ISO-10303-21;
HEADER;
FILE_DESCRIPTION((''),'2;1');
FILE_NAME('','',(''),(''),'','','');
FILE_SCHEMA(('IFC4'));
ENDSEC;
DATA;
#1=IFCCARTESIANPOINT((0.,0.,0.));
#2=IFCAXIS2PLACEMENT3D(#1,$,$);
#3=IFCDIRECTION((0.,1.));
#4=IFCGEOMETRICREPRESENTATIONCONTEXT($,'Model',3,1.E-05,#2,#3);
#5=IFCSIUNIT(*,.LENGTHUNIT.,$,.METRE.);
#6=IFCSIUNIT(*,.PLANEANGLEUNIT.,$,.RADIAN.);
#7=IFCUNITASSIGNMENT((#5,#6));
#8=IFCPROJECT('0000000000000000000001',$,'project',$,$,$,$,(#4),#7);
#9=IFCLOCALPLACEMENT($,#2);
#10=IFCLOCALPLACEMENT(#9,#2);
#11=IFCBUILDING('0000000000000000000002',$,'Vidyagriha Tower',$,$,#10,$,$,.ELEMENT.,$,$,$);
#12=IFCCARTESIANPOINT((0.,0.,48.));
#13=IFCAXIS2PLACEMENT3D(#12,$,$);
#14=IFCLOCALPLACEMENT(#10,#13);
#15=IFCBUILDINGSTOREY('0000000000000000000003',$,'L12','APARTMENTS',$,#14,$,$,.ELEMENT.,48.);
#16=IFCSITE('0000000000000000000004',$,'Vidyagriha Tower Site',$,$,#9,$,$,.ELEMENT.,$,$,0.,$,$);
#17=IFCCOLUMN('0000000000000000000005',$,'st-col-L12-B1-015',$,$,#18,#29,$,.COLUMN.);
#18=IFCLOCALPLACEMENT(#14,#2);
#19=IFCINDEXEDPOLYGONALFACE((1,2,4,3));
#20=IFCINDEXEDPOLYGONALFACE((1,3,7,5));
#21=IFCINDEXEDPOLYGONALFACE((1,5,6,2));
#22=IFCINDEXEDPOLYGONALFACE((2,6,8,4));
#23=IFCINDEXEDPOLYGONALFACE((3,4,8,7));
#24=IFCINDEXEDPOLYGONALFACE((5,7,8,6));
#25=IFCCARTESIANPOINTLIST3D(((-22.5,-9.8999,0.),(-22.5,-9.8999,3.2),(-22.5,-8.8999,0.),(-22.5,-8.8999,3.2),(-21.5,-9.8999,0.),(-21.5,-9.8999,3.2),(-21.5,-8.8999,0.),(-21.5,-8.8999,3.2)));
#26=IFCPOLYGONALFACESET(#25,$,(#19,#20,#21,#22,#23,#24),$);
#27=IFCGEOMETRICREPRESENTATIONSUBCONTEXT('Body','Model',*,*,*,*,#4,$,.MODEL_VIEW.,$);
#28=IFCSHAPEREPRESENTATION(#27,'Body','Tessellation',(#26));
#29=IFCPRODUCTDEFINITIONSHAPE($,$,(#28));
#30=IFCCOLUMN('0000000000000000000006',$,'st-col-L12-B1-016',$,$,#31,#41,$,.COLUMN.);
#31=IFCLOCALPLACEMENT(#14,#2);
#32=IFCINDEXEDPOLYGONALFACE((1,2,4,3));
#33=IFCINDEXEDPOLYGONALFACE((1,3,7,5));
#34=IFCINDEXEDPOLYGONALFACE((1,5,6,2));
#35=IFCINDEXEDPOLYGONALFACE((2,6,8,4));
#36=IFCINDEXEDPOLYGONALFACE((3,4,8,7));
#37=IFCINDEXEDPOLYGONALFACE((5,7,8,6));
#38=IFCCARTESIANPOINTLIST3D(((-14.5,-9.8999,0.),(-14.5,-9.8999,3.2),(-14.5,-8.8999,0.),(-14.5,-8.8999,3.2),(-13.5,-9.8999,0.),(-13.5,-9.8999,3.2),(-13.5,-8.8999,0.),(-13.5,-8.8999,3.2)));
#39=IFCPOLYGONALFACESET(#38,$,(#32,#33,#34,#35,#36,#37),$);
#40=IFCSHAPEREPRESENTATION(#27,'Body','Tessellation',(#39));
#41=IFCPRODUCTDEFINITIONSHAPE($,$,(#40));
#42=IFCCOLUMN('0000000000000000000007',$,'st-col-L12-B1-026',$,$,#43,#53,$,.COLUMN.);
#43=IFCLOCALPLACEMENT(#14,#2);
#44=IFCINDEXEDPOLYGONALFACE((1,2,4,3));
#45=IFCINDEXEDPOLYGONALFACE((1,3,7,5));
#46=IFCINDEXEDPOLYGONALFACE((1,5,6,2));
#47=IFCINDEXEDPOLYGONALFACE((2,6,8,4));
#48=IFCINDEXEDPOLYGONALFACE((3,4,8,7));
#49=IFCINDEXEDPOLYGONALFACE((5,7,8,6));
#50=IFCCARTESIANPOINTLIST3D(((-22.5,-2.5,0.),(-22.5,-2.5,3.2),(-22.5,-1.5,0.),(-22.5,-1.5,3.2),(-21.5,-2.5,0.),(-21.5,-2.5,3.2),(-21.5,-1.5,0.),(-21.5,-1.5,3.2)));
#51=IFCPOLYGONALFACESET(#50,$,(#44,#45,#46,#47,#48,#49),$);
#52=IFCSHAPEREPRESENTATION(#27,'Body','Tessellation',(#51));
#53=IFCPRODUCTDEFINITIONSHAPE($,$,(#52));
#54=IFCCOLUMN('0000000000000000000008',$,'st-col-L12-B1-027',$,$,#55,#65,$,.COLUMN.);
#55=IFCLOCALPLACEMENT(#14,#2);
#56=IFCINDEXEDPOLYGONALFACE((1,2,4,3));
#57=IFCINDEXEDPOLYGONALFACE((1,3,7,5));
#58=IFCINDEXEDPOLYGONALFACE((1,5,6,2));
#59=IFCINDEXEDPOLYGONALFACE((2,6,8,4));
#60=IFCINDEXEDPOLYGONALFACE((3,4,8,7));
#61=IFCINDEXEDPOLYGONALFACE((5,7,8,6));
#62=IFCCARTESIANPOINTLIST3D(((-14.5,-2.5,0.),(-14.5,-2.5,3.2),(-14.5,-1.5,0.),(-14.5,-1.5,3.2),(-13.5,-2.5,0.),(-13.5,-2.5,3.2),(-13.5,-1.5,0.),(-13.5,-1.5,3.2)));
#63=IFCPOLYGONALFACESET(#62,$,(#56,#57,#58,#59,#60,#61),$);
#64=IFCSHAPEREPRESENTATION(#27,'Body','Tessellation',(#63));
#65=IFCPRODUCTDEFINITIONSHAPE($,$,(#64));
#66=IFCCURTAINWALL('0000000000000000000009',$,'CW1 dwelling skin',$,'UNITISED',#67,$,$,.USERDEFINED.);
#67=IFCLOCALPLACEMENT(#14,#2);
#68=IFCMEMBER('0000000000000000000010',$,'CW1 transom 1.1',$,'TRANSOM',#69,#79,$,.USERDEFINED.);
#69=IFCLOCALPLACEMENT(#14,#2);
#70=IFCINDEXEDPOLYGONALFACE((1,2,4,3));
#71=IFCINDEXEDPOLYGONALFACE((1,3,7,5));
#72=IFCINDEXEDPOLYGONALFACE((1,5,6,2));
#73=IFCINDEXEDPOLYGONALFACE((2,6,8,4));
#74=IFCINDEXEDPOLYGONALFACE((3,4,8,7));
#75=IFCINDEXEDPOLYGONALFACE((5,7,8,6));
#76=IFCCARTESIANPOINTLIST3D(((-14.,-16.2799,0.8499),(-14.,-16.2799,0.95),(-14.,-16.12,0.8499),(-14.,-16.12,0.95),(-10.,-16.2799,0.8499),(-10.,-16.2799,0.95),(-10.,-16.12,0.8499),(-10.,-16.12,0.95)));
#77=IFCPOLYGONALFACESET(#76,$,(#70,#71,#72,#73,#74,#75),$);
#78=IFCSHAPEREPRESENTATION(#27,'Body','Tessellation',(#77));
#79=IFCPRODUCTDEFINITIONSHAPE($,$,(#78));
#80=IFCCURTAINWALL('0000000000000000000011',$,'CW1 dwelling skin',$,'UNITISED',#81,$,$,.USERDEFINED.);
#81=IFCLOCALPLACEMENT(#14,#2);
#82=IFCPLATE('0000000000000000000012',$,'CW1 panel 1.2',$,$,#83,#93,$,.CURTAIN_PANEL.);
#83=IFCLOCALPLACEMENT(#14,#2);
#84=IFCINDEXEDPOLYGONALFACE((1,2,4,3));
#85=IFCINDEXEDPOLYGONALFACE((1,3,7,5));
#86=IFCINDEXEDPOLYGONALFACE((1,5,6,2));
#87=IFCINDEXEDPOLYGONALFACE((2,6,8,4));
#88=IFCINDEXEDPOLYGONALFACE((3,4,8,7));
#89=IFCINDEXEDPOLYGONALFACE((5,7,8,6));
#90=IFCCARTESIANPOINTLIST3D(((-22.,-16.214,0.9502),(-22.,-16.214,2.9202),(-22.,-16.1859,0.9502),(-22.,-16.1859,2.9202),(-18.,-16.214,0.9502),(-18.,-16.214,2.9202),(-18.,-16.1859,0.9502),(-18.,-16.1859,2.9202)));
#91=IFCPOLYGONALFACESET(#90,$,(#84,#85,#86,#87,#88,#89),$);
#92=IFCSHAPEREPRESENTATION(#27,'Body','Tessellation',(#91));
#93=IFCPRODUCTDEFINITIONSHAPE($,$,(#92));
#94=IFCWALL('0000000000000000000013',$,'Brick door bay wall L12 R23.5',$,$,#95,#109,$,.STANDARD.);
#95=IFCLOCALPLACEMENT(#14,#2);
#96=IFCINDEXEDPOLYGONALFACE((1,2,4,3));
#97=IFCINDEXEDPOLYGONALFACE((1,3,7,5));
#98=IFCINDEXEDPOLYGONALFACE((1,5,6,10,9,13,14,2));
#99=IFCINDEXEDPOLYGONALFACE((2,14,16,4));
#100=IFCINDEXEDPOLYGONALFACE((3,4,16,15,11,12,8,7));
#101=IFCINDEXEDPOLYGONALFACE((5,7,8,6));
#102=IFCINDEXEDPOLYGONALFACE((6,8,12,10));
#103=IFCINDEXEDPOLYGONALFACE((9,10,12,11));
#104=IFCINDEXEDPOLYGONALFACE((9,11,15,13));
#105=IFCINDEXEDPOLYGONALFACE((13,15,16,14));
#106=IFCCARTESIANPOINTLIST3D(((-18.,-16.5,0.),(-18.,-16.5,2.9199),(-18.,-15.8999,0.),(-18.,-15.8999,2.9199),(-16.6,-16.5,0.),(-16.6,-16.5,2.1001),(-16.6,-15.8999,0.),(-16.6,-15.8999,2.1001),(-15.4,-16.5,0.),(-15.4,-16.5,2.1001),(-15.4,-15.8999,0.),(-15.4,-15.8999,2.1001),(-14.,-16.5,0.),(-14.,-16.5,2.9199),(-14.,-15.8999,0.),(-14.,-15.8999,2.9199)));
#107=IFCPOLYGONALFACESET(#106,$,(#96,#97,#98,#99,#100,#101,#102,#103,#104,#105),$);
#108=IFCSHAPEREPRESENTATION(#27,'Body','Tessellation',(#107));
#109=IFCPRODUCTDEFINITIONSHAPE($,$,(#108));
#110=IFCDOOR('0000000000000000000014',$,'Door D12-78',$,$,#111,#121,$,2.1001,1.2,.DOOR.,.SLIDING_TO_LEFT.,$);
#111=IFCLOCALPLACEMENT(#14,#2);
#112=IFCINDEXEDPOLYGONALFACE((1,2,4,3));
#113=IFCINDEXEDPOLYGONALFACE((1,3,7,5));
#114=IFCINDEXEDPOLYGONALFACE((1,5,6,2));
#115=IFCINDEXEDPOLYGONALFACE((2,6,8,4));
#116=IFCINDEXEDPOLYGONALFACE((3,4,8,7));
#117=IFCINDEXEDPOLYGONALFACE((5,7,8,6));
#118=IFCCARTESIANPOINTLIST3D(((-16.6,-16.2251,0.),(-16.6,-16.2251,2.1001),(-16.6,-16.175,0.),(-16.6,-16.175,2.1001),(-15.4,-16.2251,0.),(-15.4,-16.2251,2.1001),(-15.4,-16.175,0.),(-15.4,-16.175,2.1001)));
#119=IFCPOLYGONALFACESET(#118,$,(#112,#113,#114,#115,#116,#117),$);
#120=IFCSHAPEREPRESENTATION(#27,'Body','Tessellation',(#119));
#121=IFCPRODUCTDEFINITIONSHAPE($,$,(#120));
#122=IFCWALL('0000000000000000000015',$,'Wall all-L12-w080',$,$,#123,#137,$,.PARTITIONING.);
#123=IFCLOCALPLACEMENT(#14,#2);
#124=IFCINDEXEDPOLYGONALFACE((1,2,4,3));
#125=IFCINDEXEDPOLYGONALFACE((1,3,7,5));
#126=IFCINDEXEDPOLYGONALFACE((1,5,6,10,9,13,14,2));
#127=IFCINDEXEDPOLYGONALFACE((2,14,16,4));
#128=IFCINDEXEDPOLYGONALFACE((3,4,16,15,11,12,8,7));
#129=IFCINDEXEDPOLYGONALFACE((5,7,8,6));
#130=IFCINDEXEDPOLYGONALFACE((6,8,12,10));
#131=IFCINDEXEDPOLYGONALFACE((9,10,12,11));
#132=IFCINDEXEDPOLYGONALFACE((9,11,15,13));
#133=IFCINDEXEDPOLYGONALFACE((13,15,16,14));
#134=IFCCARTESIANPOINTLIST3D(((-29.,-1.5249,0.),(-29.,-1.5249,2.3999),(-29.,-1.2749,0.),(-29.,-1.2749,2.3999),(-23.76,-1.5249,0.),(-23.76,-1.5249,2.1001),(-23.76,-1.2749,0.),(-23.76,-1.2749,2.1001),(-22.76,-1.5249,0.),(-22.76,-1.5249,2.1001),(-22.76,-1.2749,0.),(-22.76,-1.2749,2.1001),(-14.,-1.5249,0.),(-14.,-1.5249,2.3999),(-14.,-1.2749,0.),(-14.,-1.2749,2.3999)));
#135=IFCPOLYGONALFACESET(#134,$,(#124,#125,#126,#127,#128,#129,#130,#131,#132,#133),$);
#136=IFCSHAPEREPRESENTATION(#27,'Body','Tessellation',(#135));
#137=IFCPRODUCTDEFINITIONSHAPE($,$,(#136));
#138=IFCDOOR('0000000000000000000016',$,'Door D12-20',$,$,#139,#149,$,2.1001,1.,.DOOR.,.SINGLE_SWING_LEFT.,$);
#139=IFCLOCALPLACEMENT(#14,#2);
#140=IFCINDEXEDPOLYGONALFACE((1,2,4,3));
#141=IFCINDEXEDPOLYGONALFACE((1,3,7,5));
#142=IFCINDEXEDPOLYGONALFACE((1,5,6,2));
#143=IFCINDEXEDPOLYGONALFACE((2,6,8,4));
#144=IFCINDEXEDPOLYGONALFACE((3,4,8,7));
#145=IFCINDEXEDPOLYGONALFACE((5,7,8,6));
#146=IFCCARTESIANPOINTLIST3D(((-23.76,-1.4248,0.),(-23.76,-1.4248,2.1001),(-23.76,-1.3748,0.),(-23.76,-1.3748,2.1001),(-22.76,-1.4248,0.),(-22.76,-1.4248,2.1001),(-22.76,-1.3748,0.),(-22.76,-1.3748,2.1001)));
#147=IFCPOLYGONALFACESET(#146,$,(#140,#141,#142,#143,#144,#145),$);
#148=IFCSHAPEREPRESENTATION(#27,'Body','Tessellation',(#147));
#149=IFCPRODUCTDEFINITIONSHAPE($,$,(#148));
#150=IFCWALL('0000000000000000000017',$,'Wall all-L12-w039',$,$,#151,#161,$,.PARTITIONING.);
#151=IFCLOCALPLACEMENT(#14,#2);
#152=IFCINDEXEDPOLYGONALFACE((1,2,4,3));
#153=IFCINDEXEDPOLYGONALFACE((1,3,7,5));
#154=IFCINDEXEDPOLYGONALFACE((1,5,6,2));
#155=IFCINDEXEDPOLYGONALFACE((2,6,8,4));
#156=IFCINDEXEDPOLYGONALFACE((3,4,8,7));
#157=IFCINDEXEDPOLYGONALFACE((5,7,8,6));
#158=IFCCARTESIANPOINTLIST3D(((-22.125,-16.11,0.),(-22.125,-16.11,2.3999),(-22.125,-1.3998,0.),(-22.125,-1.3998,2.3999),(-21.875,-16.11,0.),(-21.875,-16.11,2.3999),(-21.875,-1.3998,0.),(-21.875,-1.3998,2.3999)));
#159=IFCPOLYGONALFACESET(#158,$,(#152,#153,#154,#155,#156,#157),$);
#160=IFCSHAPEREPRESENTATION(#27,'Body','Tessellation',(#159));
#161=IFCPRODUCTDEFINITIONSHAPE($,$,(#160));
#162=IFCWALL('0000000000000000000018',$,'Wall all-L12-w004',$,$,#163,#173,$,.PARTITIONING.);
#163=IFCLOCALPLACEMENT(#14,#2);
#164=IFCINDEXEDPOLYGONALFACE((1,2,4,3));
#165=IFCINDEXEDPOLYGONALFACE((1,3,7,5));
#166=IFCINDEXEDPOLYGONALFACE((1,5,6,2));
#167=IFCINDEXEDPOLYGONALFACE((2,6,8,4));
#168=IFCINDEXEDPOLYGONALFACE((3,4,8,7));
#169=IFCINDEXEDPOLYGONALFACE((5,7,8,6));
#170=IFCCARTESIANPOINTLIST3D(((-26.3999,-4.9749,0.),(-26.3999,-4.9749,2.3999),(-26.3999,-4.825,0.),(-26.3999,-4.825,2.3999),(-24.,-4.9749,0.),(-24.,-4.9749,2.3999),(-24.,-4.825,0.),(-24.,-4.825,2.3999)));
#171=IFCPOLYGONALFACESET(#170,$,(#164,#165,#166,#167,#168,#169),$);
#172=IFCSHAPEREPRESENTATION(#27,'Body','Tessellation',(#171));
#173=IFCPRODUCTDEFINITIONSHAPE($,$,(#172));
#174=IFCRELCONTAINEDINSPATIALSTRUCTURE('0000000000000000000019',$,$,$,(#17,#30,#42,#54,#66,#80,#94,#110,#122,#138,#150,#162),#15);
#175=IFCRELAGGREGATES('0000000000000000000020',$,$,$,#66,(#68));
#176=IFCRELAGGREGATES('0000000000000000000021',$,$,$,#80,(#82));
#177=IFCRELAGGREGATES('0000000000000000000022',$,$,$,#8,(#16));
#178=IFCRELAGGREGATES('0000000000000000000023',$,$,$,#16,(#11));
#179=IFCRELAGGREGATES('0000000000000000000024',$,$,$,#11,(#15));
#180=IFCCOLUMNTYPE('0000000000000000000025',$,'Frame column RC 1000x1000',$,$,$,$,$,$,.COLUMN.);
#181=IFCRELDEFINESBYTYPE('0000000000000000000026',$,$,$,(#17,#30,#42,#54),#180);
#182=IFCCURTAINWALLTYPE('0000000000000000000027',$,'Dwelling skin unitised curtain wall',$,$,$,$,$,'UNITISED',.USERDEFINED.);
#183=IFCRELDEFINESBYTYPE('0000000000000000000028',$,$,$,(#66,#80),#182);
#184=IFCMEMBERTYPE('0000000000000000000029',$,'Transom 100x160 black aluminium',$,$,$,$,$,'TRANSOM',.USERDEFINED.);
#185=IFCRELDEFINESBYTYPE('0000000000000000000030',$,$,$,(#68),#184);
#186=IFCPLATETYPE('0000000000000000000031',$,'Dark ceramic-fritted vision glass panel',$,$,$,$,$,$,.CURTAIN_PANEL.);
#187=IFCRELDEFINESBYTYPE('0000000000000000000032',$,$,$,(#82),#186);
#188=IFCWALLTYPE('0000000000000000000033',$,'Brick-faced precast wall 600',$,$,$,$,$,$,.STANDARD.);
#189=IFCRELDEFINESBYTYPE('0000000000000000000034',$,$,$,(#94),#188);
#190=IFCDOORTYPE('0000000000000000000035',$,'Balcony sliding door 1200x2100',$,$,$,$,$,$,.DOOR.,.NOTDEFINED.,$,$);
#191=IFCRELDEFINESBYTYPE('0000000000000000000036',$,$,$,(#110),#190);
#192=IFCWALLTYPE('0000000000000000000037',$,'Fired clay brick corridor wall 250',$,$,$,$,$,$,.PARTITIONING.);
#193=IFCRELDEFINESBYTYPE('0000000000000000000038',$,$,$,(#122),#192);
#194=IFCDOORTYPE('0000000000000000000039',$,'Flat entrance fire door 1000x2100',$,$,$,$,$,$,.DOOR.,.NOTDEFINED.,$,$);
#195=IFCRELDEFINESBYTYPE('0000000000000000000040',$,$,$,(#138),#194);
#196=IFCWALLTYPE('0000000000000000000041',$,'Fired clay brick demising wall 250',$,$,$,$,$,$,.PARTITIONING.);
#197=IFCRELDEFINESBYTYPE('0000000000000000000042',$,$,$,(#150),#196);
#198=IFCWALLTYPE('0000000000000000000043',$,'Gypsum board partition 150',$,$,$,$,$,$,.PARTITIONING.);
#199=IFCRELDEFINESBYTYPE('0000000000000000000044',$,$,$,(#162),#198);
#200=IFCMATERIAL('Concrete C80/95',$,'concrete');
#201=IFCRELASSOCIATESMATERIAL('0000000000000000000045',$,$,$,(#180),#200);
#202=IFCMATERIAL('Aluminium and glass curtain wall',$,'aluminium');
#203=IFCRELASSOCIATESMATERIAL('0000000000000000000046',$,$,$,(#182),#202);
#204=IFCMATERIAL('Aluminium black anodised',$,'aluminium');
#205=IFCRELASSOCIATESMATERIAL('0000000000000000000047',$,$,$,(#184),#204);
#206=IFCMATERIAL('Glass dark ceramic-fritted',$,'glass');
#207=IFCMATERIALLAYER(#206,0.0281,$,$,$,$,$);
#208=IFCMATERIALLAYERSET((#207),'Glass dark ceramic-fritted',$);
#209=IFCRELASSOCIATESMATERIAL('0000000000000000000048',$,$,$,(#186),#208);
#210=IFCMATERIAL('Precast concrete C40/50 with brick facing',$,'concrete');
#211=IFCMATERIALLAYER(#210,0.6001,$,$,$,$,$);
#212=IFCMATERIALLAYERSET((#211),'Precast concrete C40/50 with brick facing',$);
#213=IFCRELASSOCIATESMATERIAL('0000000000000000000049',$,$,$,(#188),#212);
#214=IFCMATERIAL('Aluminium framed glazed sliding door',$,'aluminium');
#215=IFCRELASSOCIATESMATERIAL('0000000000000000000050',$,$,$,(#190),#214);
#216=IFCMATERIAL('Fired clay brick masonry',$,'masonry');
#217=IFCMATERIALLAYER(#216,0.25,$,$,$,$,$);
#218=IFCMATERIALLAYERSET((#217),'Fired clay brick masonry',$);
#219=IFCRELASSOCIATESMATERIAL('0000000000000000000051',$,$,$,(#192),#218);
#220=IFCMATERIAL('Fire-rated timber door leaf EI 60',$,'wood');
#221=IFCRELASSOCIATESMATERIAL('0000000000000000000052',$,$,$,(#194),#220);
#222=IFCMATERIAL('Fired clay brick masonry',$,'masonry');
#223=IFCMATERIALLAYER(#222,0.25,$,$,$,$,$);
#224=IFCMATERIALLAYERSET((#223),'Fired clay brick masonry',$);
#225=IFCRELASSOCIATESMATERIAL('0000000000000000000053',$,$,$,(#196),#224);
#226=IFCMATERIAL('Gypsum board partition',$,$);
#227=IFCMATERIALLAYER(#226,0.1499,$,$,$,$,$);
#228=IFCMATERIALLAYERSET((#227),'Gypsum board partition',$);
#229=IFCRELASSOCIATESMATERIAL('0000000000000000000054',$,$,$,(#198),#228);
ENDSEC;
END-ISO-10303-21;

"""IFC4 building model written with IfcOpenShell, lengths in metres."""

from ifc_helpers import new_model, si_unit, direction, frame, frame_2d, origin, origin_2d, place, context, subcontext, project, spatial, rectangle, extrude, material, layer, layer_set, material_profile, profile_set, type_object, element, fill, aggregate, save


model = new_model("IFC4")

# Units and contexts
model_context = context("Model", 3, precision=1e-05, world=origin(), true_north=direction((0.0, 1.0)))
body_context = subcontext(model_context, "Body", "Model", "MODEL_VIEW")
ifc_project = project(units=[si_unit("LENGTHUNIT", "METRE"), si_unit("PLANEANGLEUNIT", "RADIAN")], contexts=[model_context])

# Site, building, storey
site_placement = place(None, origin())
site = spatial("IfcSite", under=ifc_project, at=site_placement, Name="Vidyagriha Tower Site", CompositionType="ELEMENT", RefElevation=0.0)
building_placement = place(site_placement, origin())
building = spatial("IfcBuilding", under=site, at=building_placement, Name="Vidyagriha Tower", CompositionType="ELEMENT")
storey_placement = place(building_placement, frame((0.0, 0.0, 48.0)))
storey = spatial("IfcBuildingStorey", under=building, at=storey_placement, Name="L12", Description="APARTMENTS", CompositionType="ELEMENT", Elevation=48.0)

# Columns
ifc_material_1 = material(Name="Concrete C80/95", Category="concrete")
ifc_material_profile_1 = material_profile(ifc_material_1, rectangle(XDim=1.0, YDim=1.0, at=origin_2d()), Name="RC 1000x1000")
ifc_profile_set_1 = profile_set([ifc_material_profile_1], Name="Concrete C80/95")
column_type = type_object("IfcColumnType", Name="Frame column RC 1000x1000", PredefinedType="COLUMN", material=ifc_profile_set_1)
for number, where, name in (
    (1, (-22.0, -9.3999, 0.0), "st-col-L12-B1-015"),
    (2, (-14.0, -9.3999, 0.0), "st-col-L12-B1-016"),
    (3, (-22.0, -2.0, 0.0), "st-col-L12-B1-026"),
    (4, (-14.0, -2.0, 0.0), "st-col-L12-B1-027"),
):
    element("IfcColumn", number, at=place(storey_placement, frame(where)), inside=storey, type_object=column_type, Name=name, PredefinedType="COLUMN", context=body_context, shape_type="SweptSolid", body=[
        extrude(rectangle(XDim=1.0, YDim=1.0, at=origin_2d()), origin(), (0.0, 0.0, 1.0), 3.2),
    ])

# Curtain wall, member
ifc_material_2 = material(Name="Aluminium and glass curtain wall", Category="aluminium")
curtain_wall_type = type_object("IfcCurtainWallType", Name="Dwelling skin unitised curtain wall", ElementType="UNITISED", PredefinedType="USERDEFINED", material=ifc_material_2)
curtain_wall_1_placement = place(storey_placement, origin())
curtain_wall_1 = element("IfcCurtainWall", 5, at=curtain_wall_1_placement, inside=storey, type_object=curtain_wall_type, Name="CW1 dwelling skin", ObjectType="UNITISED", PredefinedType="USERDEFINED")
ifc_material_3 = material(Name="Aluminium black anodised", Category="aluminium")
ifc_material_profile_2 = material_profile(ifc_material_3, rectangle(XDim=0.1599, YDim=0.1001, at=origin_2d()), Name="Transom 100x160 black aluminium")
ifc_profile_set_2 = profile_set([ifc_material_profile_2], Name="Aluminium black anodised")
member_type = type_object("IfcMemberType", Name="Transom 100x160 black aluminium", ElementType="TRANSOM", PredefinedType="USERDEFINED", material=ifc_profile_set_2)
member_placement = place(storey_placement, frame((-14.0, -16.2, 0.8999), z_axis=(1.0, 0.0, 0.0), x_axis=(0.0, 1.0, 0.0)))
member = element("IfcMember", 6, at=member_placement, type_object=member_type, Name="CW1 transom 1.1", ObjectType="TRANSOM", PredefinedType="USERDEFINED", context=body_context, shape_type="SweptSolid", body=[
    extrude(rectangle(XDim=0.1599, YDim=0.1001, at=origin_2d()), origin(), (0.0, 0.0, 1.0), 4.0),
])
aggregate(curtain_wall_1, [member])

# Curtain wall, plate
curtain_wall_2_placement = place(storey_placement, origin())
curtain_wall_2 = element("IfcCurtainWall", 7, at=curtain_wall_2_placement, inside=storey, type_object=curtain_wall_type, Name="CW1 dwelling skin", ObjectType="UNITISED", PredefinedType="USERDEFINED")
ifc_material_4 = material(Name="Glass dark ceramic-fritted", Category="glass")
ifc_layer_1 = layer(ifc_material_4, 0.0281)
ifc_layer_set_1 = layer_set([ifc_layer_1], Name="Glass dark ceramic-fritted")
plate_type = type_object("IfcPlateType", Name="Dark ceramic-fritted vision glass panel", PredefinedType="CURTAIN_PANEL", material=ifc_layer_set_1)
plate_placement = place(storey_placement, frame((-20.0, -16.2, 0.9502)))
plate = element("IfcPlate", 8, at=plate_placement, type_object=plate_type, Name="CW1 panel 1.2", PredefinedType="CURTAIN_PANEL", context=body_context, shape_type="SweptSolid", body=[
    extrude(rectangle(XDim=4.0, YDim=0.0281, at=origin_2d()), origin(), (0.0, 0.0, 1.0), 1.97),
])
aggregate(curtain_wall_2, [plate])

# Walls, openings, doors
ifc_material_5 = material(Name="Precast concrete C40/50 with brick facing", Category="concrete")
ifc_layer_2 = layer(ifc_material_5, 0.6001)
ifc_layer_set_2 = layer_set([ifc_layer_2], Name="Precast concrete C40/50 with brick facing")
wall_type_1 = type_object("IfcWallType", Name="Brick-faced precast wall 600", PredefinedType="STANDARD", material=ifc_layer_set_2)
wall_1_placement = place(storey_placement, frame((-18.0, -16.2, 0.0)))
wall_1 = element("IfcWall", 9, at=wall_1_placement, inside=storey, type_object=wall_type_1, Name="Brick door bay wall L12 R23.5", PredefinedType="STANDARD", context=body_context, shape_type="SweptSolid", body=[
    extrude(rectangle(XDim=4.0, YDim=0.6001, at=frame_2d((2.0, 0.0))), origin(), (0.0, 0.0, 1.0), 2.9199),
])
opening_1_placement = place(wall_1_placement, frame((1.3999, 0.0, 0.0)))
opening_1 = element("IfcOpeningElement", 10, at=opening_1_placement, cuts=wall_1, PredefinedType="OPENING", context=body_context, shape_type="SweptSolid", body=[
    extrude(rectangle(XDim=1.2, YDim=2.1001, at=frame_2d((0.6001, 1.05))), frame((0.0, 0.3101, 0.0), z_axis=(0.0, -1.0, 0.0), x_axis=(1.0, 0.0, 0.0)), (0.0, 0.0, 1.0), 0.6201),
])
ifc_material_6 = material(Name="Aluminium framed glazed sliding door", Category="aluminium")
door_type_1 = type_object("IfcDoorType", Name="Balcony sliding door 1200x2100", OperationType="NOTDEFINED", PredefinedType="DOOR", material=ifc_material_6)
door_1_placement = place(opening_1_placement, origin())
door_1 = element("IfcDoor", 11, at=door_1_placement, inside=storey, type_object=door_type_1, Name="Door D12-78", OperationType="SLIDING_TO_LEFT", OverallHeight=2.1001, OverallWidth=1.2, PredefinedType="DOOR", context=body_context, shape_type="SweptSolid", body=[
    extrude(rectangle(XDim=1.2, YDim=2.1001, at=frame_2d((0.6001, 1.05))), frame((0.0, 0.0249, 0.0), z_axis=(0.0, -1.0, 0.0), x_axis=(1.0, 0.0, 0.0)), (0.0, 0.0, 1.0), 0.05),
])
fill(opening_1, door_1)
ifc_material_7 = material(Name="Fired clay brick masonry", Category="masonry")
ifc_layer_3 = layer(ifc_material_7, 0.25)
ifc_layer_set_3 = layer_set([ifc_layer_3], Name="Fired clay brick masonry")
wall_type_2 = type_object("IfcWallType", Name="Fired clay brick corridor wall 250", PredefinedType="PARTITIONING", material=ifc_layer_set_3)
wall_2_placement = place(storey_placement, frame((-14.0, -1.3999, 0.0), z_axis=(0.0, 0.0, 1.0), x_axis=(-1.0, 0.0, 0.0)))
wall_2 = element("IfcWall", 12, at=wall_2_placement, inside=storey, type_object=wall_type_2, Name="Wall all-L12-w080", PredefinedType="PARTITIONING", context=body_context, shape_type="SweptSolid", body=[
    extrude(rectangle(XDim=15.0, YDim=0.25, at=frame_2d((7.5, 0.0))), origin(), (0.0, 0.0, 1.0), 2.3999),
])
opening_2_placement = place(wall_2_placement, frame((8.76, 0.0, 0.0)))
opening_2 = element("IfcOpeningElement", 13, at=opening_2_placement, cuts=wall_2, PredefinedType="OPENING", context=body_context, shape_type="SweptSolid", body=[
    extrude(rectangle(XDim=1.0, YDim=2.1001, at=frame_2d((0.5, 1.05))), frame((0.0, 0.135, 0.0), z_axis=(0.0, -1.0, 0.0), x_axis=(1.0, 0.0, 0.0)), (0.0, 0.0, 1.0), 0.27),
])
ifc_material_8 = material(Name="Fire-rated timber door leaf EI 60", Category="wood")
door_type_2 = type_object("IfcDoorType", Name="Flat entrance fire door 1000x2100", OperationType="NOTDEFINED", PredefinedType="DOOR", material=ifc_material_8)
door_2_placement = place(opening_2_placement, origin())
door_2 = element("IfcDoor", 14, at=door_2_placement, inside=storey, type_object=door_type_2, Name="Door D12-20", OperationType="SINGLE_SWING_LEFT", OverallHeight=2.1001, OverallWidth=1.0, PredefinedType="DOOR", context=body_context, shape_type="SweptSolid", body=[
    extrude(rectangle(XDim=1.0, YDim=2.1001, at=frame_2d((0.5, 1.05))), frame((0.0, 0.0249, 0.0), z_axis=(0.0, -1.0, 0.0), x_axis=(1.0, 0.0, 0.0)), (0.0, 0.0, 1.0), 0.05),
])
fill(opening_2, door_2)

# Walls
ifc_material_9 = material(Name="Fired clay brick masonry", Category="masonry")
ifc_layer_4 = layer(ifc_material_9, 0.25)
ifc_layer_set_4 = layer_set([ifc_layer_4], Name="Fired clay brick masonry")
wall_type_3 = type_object("IfcWallType", Name="Fired clay brick demising wall 250", PredefinedType="PARTITIONING", material=ifc_layer_set_4)
wall_3_placement = place(storey_placement, frame((-22.0, -1.3999, 0.0), z_axis=(0.0, 0.0, 1.0), x_axis=(0.0, -1.0, 0.0)))
element("IfcWall", 15, at=wall_3_placement, inside=storey, type_object=wall_type_3, Name="Wall all-L12-w039", PredefinedType="PARTITIONING", context=body_context, shape_type="SweptSolid", body=[
    extrude(rectangle(XDim=14.7102, YDim=0.25, at=frame_2d((7.355, 0.0))), origin(), (0.0, 0.0, 1.0), 2.3999),
])
ifc_material_10 = material(Name="Gypsum board partition")
ifc_layer_5 = layer(ifc_material_10, 0.1499)
ifc_layer_set_5 = layer_set([ifc_layer_5], Name="Gypsum board partition")
wall_type_4 = type_object("IfcWallType", Name="Gypsum board partition 150", PredefinedType="PARTITIONING", material=ifc_layer_set_5)
wall_4_placement = place(storey_placement, frame((-24.0, -4.8999, 0.0), z_axis=(0.0, 0.0, 1.0), x_axis=(-1.0, 0.0, 0.0)))
element("IfcWall", 16, at=wall_4_placement, inside=storey, type_object=wall_type_4, Name="Wall all-L12-w004", PredefinedType="PARTITIONING", context=body_context, shape_type="SweptSolid", body=[
    extrude(rectangle(XDim=2.3999, YDim=0.1499, at=frame_2d((1.2, 0.0))), origin(), (0.0, 0.0, 1.0), 2.3999),
])

save(model, "model.ifc")
